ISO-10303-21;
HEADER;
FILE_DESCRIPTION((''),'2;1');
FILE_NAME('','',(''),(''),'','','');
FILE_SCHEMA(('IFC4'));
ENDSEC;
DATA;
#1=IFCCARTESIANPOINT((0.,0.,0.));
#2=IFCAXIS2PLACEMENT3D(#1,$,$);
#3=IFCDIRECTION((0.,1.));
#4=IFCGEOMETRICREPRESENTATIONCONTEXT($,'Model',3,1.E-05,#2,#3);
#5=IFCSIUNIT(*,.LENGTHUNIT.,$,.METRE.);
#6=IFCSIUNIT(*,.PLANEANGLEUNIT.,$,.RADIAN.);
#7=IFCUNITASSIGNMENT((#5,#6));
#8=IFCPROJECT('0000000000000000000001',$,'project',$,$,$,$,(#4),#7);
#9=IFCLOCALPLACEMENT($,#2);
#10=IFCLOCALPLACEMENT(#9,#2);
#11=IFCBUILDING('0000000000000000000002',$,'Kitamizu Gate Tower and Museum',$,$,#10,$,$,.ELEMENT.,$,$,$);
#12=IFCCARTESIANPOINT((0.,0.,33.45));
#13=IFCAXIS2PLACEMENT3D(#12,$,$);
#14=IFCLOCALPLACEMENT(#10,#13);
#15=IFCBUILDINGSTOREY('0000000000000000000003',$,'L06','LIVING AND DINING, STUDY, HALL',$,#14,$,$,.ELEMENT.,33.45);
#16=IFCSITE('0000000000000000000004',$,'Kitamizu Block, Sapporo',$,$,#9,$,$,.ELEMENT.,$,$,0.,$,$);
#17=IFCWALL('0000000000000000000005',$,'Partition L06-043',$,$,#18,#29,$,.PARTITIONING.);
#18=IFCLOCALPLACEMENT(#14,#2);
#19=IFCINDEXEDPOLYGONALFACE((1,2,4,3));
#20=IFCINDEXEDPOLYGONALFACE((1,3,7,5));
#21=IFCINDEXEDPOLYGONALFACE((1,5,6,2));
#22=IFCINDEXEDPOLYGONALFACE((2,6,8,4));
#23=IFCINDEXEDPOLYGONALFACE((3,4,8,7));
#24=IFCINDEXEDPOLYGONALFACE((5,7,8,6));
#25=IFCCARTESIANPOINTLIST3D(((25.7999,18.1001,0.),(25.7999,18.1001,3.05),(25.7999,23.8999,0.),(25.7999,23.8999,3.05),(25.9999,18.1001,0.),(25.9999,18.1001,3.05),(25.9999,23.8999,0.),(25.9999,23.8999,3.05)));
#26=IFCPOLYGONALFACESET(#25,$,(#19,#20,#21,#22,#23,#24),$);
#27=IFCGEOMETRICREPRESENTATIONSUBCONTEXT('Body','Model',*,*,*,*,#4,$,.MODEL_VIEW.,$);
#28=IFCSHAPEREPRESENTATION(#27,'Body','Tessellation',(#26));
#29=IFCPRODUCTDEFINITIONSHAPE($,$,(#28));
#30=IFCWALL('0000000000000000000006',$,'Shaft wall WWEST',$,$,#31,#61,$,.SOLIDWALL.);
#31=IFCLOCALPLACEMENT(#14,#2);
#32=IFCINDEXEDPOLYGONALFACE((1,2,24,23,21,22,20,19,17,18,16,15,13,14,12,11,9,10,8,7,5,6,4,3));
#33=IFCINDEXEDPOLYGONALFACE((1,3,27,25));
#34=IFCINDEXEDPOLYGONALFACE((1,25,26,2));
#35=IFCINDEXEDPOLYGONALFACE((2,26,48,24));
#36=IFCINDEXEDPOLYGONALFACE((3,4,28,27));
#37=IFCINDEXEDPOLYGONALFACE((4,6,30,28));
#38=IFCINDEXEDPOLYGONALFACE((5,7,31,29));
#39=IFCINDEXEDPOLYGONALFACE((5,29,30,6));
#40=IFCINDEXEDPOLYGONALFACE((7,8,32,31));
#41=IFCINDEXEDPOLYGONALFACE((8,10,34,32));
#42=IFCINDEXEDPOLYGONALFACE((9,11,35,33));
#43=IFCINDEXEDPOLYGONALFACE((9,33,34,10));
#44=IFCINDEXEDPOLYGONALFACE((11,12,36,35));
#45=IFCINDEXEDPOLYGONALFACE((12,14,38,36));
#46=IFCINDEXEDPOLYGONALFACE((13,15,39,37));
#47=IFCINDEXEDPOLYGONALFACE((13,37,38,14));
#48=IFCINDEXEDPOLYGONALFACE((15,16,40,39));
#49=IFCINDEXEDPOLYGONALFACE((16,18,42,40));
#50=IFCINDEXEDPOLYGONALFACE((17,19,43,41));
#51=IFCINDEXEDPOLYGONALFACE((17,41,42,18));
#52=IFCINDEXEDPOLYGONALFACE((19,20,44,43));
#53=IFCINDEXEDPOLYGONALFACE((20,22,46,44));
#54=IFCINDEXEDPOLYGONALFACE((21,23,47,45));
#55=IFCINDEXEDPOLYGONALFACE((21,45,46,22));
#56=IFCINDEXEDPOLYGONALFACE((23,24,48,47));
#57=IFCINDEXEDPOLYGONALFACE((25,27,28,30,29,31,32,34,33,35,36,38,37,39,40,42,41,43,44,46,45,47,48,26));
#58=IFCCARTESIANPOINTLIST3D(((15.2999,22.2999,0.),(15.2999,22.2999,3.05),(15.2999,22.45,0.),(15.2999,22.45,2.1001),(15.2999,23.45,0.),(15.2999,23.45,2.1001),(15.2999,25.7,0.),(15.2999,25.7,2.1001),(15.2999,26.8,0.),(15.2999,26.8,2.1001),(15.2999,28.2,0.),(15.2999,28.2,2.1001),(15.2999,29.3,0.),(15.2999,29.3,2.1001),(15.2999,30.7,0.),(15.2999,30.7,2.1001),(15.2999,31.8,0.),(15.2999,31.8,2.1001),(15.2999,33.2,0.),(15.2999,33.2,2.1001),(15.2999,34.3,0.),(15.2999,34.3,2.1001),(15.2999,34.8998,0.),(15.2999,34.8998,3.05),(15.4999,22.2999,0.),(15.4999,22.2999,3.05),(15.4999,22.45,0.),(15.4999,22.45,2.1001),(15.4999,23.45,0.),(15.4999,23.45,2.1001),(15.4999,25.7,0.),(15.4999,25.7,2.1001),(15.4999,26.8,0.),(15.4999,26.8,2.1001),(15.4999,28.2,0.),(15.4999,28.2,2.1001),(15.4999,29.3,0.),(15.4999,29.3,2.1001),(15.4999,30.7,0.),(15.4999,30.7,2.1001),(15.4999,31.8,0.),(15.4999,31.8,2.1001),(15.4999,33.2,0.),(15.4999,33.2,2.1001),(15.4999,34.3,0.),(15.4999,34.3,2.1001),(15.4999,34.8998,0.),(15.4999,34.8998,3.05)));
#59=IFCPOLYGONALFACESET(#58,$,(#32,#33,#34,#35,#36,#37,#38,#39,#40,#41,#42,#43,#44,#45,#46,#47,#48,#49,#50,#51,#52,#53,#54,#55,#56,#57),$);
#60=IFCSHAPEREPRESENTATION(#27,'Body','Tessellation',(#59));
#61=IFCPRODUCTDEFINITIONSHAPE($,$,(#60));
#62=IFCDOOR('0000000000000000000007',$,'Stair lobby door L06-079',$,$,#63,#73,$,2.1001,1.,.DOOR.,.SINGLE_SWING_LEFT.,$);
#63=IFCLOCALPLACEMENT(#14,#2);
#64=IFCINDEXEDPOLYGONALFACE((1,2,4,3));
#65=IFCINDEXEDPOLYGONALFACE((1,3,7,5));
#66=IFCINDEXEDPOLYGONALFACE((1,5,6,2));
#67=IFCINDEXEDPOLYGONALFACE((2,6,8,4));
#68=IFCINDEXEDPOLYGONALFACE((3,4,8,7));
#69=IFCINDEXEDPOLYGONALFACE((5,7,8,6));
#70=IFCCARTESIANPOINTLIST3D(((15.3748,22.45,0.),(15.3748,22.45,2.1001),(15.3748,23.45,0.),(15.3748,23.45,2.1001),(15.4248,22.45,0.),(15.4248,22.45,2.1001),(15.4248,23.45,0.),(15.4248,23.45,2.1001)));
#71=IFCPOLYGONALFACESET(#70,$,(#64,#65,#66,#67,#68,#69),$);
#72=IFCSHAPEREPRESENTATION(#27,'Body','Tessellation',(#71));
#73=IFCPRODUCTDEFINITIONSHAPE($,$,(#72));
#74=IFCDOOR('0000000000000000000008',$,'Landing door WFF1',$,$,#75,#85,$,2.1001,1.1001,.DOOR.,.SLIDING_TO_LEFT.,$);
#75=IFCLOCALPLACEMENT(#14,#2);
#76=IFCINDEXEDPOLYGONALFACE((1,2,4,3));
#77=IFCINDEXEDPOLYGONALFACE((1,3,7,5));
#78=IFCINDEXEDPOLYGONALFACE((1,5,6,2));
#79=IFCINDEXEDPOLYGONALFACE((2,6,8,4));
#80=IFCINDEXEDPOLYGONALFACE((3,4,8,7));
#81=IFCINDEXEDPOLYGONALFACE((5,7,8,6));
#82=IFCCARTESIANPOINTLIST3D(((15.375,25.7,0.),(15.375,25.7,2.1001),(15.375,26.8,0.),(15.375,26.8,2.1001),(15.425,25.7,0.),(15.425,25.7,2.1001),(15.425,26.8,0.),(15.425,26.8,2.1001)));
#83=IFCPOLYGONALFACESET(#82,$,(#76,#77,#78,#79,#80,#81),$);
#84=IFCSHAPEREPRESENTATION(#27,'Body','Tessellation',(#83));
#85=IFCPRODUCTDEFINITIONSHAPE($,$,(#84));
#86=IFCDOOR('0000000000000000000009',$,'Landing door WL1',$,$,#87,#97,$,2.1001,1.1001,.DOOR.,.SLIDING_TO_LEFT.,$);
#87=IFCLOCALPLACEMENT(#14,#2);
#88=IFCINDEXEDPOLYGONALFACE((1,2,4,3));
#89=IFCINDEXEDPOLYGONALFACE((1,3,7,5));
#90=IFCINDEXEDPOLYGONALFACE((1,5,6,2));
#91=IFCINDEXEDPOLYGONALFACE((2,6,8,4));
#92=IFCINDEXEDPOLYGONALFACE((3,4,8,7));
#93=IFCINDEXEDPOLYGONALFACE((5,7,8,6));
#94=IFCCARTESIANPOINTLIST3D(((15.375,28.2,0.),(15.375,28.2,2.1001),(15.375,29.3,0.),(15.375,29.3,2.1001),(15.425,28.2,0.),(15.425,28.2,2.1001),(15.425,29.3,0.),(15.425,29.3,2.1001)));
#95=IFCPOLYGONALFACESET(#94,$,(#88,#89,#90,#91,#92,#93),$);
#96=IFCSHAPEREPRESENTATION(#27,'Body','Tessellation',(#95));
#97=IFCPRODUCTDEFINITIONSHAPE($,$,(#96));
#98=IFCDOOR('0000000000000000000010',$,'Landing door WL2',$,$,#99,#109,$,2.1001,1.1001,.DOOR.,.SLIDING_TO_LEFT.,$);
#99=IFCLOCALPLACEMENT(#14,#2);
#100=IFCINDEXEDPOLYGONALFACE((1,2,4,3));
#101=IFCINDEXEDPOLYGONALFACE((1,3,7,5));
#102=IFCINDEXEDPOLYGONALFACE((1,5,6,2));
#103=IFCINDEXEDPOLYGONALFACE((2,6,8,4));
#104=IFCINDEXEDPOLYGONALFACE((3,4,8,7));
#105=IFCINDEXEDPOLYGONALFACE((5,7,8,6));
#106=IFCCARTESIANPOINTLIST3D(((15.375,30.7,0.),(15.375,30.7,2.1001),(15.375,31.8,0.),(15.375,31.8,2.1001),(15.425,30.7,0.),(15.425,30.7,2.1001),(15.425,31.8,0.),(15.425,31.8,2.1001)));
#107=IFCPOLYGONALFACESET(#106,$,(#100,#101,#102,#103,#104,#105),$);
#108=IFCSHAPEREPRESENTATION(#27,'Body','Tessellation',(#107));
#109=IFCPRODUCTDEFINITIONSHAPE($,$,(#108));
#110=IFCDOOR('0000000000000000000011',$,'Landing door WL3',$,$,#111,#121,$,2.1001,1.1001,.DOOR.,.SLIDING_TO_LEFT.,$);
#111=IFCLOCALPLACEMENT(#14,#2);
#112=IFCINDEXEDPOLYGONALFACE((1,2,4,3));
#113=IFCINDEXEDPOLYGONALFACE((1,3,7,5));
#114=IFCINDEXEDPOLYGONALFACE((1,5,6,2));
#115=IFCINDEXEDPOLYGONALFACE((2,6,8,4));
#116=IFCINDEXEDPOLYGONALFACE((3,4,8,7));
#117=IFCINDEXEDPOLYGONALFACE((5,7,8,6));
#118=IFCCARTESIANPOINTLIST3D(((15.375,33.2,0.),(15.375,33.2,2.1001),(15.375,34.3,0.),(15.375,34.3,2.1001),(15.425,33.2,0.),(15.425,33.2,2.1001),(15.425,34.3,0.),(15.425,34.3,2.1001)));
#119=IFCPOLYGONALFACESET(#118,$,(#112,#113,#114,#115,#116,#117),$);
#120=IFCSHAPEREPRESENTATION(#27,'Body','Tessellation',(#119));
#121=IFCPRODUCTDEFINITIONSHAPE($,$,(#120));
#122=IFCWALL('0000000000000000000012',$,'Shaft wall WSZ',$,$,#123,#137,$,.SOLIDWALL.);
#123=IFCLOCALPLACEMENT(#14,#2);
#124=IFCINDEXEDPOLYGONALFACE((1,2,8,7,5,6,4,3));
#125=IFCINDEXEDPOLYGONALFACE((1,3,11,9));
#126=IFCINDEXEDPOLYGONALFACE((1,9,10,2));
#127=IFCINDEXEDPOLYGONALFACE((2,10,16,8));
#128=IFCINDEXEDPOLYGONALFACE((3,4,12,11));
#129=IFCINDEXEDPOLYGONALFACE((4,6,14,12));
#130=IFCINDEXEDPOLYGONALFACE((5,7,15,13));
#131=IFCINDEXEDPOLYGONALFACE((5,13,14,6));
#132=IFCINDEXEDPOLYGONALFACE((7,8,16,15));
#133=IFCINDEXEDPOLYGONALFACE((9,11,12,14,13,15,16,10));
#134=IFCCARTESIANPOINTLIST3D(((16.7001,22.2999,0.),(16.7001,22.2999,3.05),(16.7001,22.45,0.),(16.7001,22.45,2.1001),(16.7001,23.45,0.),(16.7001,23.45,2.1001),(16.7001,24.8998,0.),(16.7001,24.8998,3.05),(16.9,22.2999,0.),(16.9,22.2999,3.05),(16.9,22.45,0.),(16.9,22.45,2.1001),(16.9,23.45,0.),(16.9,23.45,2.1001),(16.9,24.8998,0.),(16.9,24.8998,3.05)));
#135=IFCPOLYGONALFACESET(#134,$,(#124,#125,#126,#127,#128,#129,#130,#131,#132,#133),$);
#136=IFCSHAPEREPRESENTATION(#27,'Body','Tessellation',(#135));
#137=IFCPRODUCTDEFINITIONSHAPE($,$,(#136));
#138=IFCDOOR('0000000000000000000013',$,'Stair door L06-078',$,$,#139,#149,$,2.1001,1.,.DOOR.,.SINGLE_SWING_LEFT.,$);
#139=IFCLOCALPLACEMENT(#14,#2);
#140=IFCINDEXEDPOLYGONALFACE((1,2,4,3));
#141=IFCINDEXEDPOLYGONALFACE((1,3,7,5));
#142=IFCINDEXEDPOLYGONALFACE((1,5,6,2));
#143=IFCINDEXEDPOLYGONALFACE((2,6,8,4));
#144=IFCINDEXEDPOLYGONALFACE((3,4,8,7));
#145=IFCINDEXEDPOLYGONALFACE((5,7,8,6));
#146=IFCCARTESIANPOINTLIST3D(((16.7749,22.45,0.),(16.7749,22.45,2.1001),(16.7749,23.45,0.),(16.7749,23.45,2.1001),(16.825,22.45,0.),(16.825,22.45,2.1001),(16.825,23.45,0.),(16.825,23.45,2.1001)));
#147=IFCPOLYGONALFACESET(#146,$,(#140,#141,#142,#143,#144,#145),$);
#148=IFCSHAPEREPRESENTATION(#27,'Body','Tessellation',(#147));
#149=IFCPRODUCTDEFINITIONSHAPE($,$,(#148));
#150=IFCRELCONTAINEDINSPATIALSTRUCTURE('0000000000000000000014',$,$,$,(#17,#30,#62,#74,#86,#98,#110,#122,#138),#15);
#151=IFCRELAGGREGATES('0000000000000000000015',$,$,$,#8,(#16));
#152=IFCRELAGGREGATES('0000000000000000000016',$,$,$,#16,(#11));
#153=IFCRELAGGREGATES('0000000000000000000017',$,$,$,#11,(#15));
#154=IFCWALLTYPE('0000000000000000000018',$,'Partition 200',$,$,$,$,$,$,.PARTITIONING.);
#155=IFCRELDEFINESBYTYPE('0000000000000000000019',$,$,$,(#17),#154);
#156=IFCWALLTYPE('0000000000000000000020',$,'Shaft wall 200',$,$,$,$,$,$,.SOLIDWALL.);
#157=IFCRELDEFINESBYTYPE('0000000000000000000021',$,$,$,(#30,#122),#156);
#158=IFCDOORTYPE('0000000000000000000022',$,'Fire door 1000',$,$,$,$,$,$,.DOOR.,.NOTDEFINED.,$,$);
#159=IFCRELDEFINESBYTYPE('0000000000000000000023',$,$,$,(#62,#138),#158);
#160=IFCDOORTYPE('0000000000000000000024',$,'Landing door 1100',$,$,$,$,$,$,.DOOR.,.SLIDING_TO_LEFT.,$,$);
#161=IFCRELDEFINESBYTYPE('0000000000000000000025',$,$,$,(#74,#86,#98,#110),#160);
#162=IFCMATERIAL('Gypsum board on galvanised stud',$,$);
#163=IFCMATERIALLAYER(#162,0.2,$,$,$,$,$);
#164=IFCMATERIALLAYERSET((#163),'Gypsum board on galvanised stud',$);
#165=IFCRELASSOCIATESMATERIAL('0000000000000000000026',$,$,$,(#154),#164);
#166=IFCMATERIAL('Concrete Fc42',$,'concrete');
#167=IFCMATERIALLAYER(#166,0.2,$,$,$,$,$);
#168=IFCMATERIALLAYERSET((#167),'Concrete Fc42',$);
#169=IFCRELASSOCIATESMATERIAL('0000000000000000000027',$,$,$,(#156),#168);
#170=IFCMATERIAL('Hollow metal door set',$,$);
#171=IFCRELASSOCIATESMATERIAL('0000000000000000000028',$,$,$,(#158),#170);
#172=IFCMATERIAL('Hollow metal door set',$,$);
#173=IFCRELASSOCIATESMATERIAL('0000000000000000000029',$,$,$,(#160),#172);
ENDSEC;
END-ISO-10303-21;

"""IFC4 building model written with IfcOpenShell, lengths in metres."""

from ifc_helpers import new_model, si_unit, direction, frame, frame_2d, origin, place, context, subcontext, project, spatial, rectangle, extrude, material, layer, layer_set, type_object, element, fill, save


model = new_model("IFC4")

# Units and contexts
model_context = context("Model", 3, precision=1e-05, world=origin(), true_north=direction((0.0, 1.0)))
body_context = subcontext(model_context, "Body", "Model", "MODEL_VIEW")
ifc_project = project(units=[si_unit("LENGTHUNIT", "METRE"), si_unit("PLANEANGLEUNIT", "RADIAN")], contexts=[model_context])

# Site, building, storey
site_placement = place(None, origin())
site = spatial("IfcSite", under=ifc_project, at=site_placement, Name="Kitamizu Block, Sapporo", CompositionType="ELEMENT", RefElevation=0.0)
building_placement = place(site_placement, origin())
building = spatial("IfcBuilding", under=site, at=building_placement, Name="Kitamizu Gate Tower and Museum", CompositionType="ELEMENT")
storey_placement = place(building_placement, frame((0.0, 0.0, 33.45)))
storey = spatial("IfcBuildingStorey", under=building, at=storey_placement, Name="L06", Description="LIVING AND DINING, STUDY, HALL", CompositionType="ELEMENT", Elevation=33.45)

# Shared definitions
ifc_material_1 = material(Name="Gypsum board on galvanised stud")
ifc_layer_1 = layer(ifc_material_1, 0.2)
ifc_layer_set_1 = layer_set([ifc_layer_1], Name="Gypsum board on galvanised stud")
wall_type_1 = type_object("IfcWallType", Name="Partition 200", PredefinedType="PARTITIONING", material=ifc_layer_set_1)

# Wall
wall_1_placement = place(storey_placement, frame((25.8999, 23.8999, 0.0), z_axis=(0.0, 0.0, 1.0), x_axis=(0.0, -1.0, 0.0)))
element("IfcWall", 1, at=wall_1_placement, inside=storey, type_object=wall_type_1, Name="Partition L06-043", PredefinedType="PARTITIONING", context=body_context, shape_type="SweptSolid", body=[
    extrude(rectangle(XDim=5.7998, YDim=0.2, at=frame_2d((2.8999, 0.0))), origin(), (0.0, 0.0, 1.0), 3.05),
])

# Wall, openings, doors
ifc_material_2 = material(Name="Concrete Fc42", Category="concrete")
ifc_layer_2 = layer(ifc_material_2, 0.2)
ifc_layer_set_2 = layer_set([ifc_layer_2], Name="Concrete Fc42")
wall_type_2 = type_object("IfcWallType", Name="Shaft wall 200", PredefinedType="SOLIDWALL", material=ifc_layer_set_2)
wall_2_placement = place(storey_placement, frame((15.3999, 22.3, 0.0), z_axis=(0.0, 0.0, 1.0), x_axis=(0.0, 1.0, 0.0)))
wall_2 = element("IfcWall", 2, at=wall_2_placement, inside=storey, type_object=wall_type_2, Name="Shaft wall WWEST", PredefinedType="SOLIDWALL", context=body_context, shape_type="SweptSolid", body=[
    extrude(rectangle(XDim=12.5999, YDim=0.2, at=frame_2d((6.2998, 0.0))), origin(), (0.0, 0.0, 1.0), 3.05),
])
opening_1_placement = place(wall_2_placement, frame((3.3999, 0.0, 0.0)))
opening_1 = element("IfcOpeningElement", 3, at=opening_1_placement, cuts=wall_2, PredefinedType="OPENING", context=body_context, shape_type="SweptSolid", body=[
    extrude(rectangle(XDim=1.1001, YDim=2.1001, at=frame_2d((0.55, 1.05))), frame((0.0, 0.1099, 0.0), z_axis=(0.0, -1.0, 0.0), x_axis=(1.0, 0.0, 0.0)), (0.0, 0.0, 1.0), 0.22),
])
opening_2_placement = place(wall_2_placement, frame((5.8999, 0.0, 0.0)))
opening_2 = element("IfcOpeningElement", 4, at=opening_2_placement, cuts=wall_2, PredefinedType="OPENING", context=body_context, shape_type="SweptSolid", body=[
    extrude(rectangle(XDim=1.1001, YDim=2.1001, at=frame_2d((0.55, 1.05))), frame((0.0, 0.1099, 0.0), z_axis=(0.0, -1.0, 0.0), x_axis=(1.0, 0.0, 0.0)), (0.0, 0.0, 1.0), 0.22),
])
opening_3_placement = place(wall_2_placement, frame((8.3999, 0.0, 0.0)))
opening_3 = element("IfcOpeningElement", 5, at=opening_3_placement, cuts=wall_2, PredefinedType="OPENING", context=body_context, shape_type="SweptSolid", body=[
    extrude(rectangle(XDim=1.1001, YDim=2.1001, at=frame_2d((0.55, 1.05))), frame((0.0, 0.1099, 0.0), z_axis=(0.0, -1.0, 0.0), x_axis=(1.0, 0.0, 0.0)), (0.0, 0.0, 1.0), 0.22),
])
opening_4_placement = place(wall_2_placement, frame((10.8999, 0.0, 0.0)))
opening_4 = element("IfcOpeningElement", 6, at=opening_4_placement, cuts=wall_2, PredefinedType="OPENING", context=body_context, shape_type="SweptSolid", body=[
    extrude(rectangle(XDim=1.1001, YDim=2.1001, at=frame_2d((0.55, 1.05))), frame((0.0, 0.1099, 0.0), z_axis=(0.0, -1.0, 0.0), x_axis=(1.0, 0.0, 0.0)), (0.0, 0.0, 1.0), 0.22),
])
opening_5_placement = place(wall_2_placement, frame((0.1499, 0.0, 0.0)))
opening_5 = element("IfcOpeningElement", 7, at=opening_5_placement, cuts=wall_2, PredefinedType="OPENING", context=body_context, shape_type="SweptSolid", body=[
    extrude(rectangle(XDim=1.0, YDim=2.1001, at=frame_2d((0.5, 1.05))), frame((0.0, 0.1099, 0.0), z_axis=(0.0, -1.0, 0.0), x_axis=(1.0, 0.0, 0.0)), (0.0, 0.0, 1.0), 0.22),
])
ifc_material_3 = material(Name="Hollow metal door set")
door_type_1 = type_object("IfcDoorType", Name="Fire door 1000", OperationType="NOTDEFINED", PredefinedType="DOOR", material=ifc_material_3)
door_1_placement = place(opening_5_placement, frame((1.0, 0.0, 0.0), x_axis=(-1.0, 0.0, 0.0)))
door_1 = element("IfcDoor", 8, at=door_1_placement, inside=storey, type_object=door_type_1, Name="Stair lobby door L06-079", OperationType="SINGLE_SWING_LEFT", OverallHeight=2.1001, OverallWidth=1.0, PredefinedType="DOOR", context=body_context, shape_type="SweptSolid", body=[
    extrude(rectangle(XDim=1.0, YDim=2.1001, at=frame_2d((0.5, 1.05))), frame((0.0, 0.0249, 0.0), z_axis=(0.0, -1.0, 0.0), x_axis=(1.0, 0.0, 0.0)), (0.0, 0.0, 1.0), 0.05),
])
fill(opening_5, door_1)
ifc_material_4 = material(Name="Hollow metal door set")
door_type_2 = type_object("IfcDoorType", Name="Landing door 1100", OperationType="SLIDING_TO_LEFT", PredefinedType="DOOR", material=ifc_material_4)
door_2_placement = place(opening_1_placement, origin())
door_2 = element("IfcDoor", 9, at=door_2_placement, inside=storey, type_object=door_type_2, Name="Landing door WFF1", OperationType="SLIDING_TO_LEFT", OverallHeight=2.1001, OverallWidth=1.1001, PredefinedType="DOOR", context=body_context, shape_type="SweptSolid", body=[
    extrude(rectangle(XDim=1.1001, YDim=2.1001, at=frame_2d((0.55, 1.05))), frame((0.0, 0.0249, 0.0), z_axis=(0.0, -1.0, 0.0), x_axis=(1.0, 0.0, 0.0)), (0.0, 0.0, 1.0), 0.05),
])
fill(opening_1, door_2)
door_3_placement = place(opening_2_placement, origin())
door_3 = element("IfcDoor", 10, at=door_3_placement, inside=storey, type_object=door_type_2, Name="Landing door WL1", OperationType="SLIDING_TO_LEFT", OverallHeight=2.1001, OverallWidth=1.1001, PredefinedType="DOOR", context=body_context, shape_type="SweptSolid", body=[
    extrude(rectangle(XDim=1.1001, YDim=2.1001, at=frame_2d((0.55, 1.05))), frame((0.0, 0.0249, 0.0), z_axis=(0.0, -1.0, 0.0), x_axis=(1.0, 0.0, 0.0)), (0.0, 0.0, 1.0), 0.05),
])
fill(opening_2, door_3)
door_4_placement = place(opening_3_placement, origin())
door_4 = element("IfcDoor", 11, at=door_4_placement, inside=storey, type_object=door_type_2, Name="Landing door WL2", OperationType="SLIDING_TO_LEFT", OverallHeight=2.1001, OverallWidth=1.1001, PredefinedType="DOOR", context=body_context, shape_type="SweptSolid", body=[
    extrude(rectangle(XDim=1.1001, YDim=2.1001, at=frame_2d((0.55, 1.05))), frame((0.0, 0.0249, 0.0), z_axis=(0.0, -1.0, 0.0), x_axis=(1.0, 0.0, 0.0)), (0.0, 0.0, 1.0), 0.05),
])
fill(opening_3, door_4)
door_5_placement = place(opening_4_placement, origin())
door_5 = element("IfcDoor", 12, at=door_5_placement, inside=storey, type_object=door_type_2, Name="Landing door WL3", OperationType="SLIDING_TO_LEFT", OverallHeight=2.1001, OverallWidth=1.1001, PredefinedType="DOOR", context=body_context, shape_type="SweptSolid", body=[
    extrude(rectangle(XDim=1.1001, YDim=2.1001, at=frame_2d((0.55, 1.05))), frame((0.0, 0.0249, 0.0), z_axis=(0.0, -1.0, 0.0), x_axis=(1.0, 0.0, 0.0)), (0.0, 0.0, 1.0), 0.05),
])
fill(opening_4, door_5)

# Wall, opening, door
wall_3_placement = place(storey_placement, frame((16.8, 22.3, 0.0), z_axis=(0.0, 0.0, 1.0), x_axis=(0.0, 1.0, 0.0)))
wall_3 = element("IfcWall", 13, at=wall_3_placement, inside=storey, type_object=wall_type_2, Name="Shaft wall WSZ", PredefinedType="SOLIDWALL", context=body_context, shape_type="SweptSolid", body=[
    extrude(rectangle(XDim=2.5999, YDim=0.2, at=frame_2d((1.2998, 0.0))), origin(), (0.0, 0.0, 1.0), 3.05),
])
opening_6_placement = place(wall_3_placement, frame((0.1499, 0.0, 0.0)))
opening_6 = element("IfcOpeningElement", 14, at=opening_6_placement, cuts=wall_3, PredefinedType="OPENING", context=body_context, shape_type="SweptSolid", body=[
    extrude(rectangle(XDim=1.0, YDim=2.1001, at=frame_2d((0.5, 1.05))), frame((0.0, 0.1099, 0.0), z_axis=(0.0, -1.0, 0.0), x_axis=(1.0, 0.0, 0.0)), (0.0, 0.0, 1.0), 0.22),
])
door_6_placement = place(opening_6_placement, frame((1.0, 0.0, 0.0), x_axis=(-1.0, 0.0, 0.0)))
door_6 = element("IfcDoor", 15, at=door_6_placement, inside=storey, type_object=door_type_1, Name="Stair door L06-078", OperationType="SINGLE_SWING_LEFT", OverallHeight=2.1001, OverallWidth=1.0, PredefinedType="DOOR", context=body_context, shape_type="SweptSolid", body=[
    extrude(rectangle(XDim=1.0, YDim=2.1001, at=frame_2d((0.5, 1.05))), frame((0.0, 0.0249, 0.0), z_axis=(0.0, -1.0, 0.0), x_axis=(1.0, 0.0, 0.0)), (0.0, 0.0, 1.0), 0.05),
])
fill(opening_6, door_6)

save(model, "model.ifc")
